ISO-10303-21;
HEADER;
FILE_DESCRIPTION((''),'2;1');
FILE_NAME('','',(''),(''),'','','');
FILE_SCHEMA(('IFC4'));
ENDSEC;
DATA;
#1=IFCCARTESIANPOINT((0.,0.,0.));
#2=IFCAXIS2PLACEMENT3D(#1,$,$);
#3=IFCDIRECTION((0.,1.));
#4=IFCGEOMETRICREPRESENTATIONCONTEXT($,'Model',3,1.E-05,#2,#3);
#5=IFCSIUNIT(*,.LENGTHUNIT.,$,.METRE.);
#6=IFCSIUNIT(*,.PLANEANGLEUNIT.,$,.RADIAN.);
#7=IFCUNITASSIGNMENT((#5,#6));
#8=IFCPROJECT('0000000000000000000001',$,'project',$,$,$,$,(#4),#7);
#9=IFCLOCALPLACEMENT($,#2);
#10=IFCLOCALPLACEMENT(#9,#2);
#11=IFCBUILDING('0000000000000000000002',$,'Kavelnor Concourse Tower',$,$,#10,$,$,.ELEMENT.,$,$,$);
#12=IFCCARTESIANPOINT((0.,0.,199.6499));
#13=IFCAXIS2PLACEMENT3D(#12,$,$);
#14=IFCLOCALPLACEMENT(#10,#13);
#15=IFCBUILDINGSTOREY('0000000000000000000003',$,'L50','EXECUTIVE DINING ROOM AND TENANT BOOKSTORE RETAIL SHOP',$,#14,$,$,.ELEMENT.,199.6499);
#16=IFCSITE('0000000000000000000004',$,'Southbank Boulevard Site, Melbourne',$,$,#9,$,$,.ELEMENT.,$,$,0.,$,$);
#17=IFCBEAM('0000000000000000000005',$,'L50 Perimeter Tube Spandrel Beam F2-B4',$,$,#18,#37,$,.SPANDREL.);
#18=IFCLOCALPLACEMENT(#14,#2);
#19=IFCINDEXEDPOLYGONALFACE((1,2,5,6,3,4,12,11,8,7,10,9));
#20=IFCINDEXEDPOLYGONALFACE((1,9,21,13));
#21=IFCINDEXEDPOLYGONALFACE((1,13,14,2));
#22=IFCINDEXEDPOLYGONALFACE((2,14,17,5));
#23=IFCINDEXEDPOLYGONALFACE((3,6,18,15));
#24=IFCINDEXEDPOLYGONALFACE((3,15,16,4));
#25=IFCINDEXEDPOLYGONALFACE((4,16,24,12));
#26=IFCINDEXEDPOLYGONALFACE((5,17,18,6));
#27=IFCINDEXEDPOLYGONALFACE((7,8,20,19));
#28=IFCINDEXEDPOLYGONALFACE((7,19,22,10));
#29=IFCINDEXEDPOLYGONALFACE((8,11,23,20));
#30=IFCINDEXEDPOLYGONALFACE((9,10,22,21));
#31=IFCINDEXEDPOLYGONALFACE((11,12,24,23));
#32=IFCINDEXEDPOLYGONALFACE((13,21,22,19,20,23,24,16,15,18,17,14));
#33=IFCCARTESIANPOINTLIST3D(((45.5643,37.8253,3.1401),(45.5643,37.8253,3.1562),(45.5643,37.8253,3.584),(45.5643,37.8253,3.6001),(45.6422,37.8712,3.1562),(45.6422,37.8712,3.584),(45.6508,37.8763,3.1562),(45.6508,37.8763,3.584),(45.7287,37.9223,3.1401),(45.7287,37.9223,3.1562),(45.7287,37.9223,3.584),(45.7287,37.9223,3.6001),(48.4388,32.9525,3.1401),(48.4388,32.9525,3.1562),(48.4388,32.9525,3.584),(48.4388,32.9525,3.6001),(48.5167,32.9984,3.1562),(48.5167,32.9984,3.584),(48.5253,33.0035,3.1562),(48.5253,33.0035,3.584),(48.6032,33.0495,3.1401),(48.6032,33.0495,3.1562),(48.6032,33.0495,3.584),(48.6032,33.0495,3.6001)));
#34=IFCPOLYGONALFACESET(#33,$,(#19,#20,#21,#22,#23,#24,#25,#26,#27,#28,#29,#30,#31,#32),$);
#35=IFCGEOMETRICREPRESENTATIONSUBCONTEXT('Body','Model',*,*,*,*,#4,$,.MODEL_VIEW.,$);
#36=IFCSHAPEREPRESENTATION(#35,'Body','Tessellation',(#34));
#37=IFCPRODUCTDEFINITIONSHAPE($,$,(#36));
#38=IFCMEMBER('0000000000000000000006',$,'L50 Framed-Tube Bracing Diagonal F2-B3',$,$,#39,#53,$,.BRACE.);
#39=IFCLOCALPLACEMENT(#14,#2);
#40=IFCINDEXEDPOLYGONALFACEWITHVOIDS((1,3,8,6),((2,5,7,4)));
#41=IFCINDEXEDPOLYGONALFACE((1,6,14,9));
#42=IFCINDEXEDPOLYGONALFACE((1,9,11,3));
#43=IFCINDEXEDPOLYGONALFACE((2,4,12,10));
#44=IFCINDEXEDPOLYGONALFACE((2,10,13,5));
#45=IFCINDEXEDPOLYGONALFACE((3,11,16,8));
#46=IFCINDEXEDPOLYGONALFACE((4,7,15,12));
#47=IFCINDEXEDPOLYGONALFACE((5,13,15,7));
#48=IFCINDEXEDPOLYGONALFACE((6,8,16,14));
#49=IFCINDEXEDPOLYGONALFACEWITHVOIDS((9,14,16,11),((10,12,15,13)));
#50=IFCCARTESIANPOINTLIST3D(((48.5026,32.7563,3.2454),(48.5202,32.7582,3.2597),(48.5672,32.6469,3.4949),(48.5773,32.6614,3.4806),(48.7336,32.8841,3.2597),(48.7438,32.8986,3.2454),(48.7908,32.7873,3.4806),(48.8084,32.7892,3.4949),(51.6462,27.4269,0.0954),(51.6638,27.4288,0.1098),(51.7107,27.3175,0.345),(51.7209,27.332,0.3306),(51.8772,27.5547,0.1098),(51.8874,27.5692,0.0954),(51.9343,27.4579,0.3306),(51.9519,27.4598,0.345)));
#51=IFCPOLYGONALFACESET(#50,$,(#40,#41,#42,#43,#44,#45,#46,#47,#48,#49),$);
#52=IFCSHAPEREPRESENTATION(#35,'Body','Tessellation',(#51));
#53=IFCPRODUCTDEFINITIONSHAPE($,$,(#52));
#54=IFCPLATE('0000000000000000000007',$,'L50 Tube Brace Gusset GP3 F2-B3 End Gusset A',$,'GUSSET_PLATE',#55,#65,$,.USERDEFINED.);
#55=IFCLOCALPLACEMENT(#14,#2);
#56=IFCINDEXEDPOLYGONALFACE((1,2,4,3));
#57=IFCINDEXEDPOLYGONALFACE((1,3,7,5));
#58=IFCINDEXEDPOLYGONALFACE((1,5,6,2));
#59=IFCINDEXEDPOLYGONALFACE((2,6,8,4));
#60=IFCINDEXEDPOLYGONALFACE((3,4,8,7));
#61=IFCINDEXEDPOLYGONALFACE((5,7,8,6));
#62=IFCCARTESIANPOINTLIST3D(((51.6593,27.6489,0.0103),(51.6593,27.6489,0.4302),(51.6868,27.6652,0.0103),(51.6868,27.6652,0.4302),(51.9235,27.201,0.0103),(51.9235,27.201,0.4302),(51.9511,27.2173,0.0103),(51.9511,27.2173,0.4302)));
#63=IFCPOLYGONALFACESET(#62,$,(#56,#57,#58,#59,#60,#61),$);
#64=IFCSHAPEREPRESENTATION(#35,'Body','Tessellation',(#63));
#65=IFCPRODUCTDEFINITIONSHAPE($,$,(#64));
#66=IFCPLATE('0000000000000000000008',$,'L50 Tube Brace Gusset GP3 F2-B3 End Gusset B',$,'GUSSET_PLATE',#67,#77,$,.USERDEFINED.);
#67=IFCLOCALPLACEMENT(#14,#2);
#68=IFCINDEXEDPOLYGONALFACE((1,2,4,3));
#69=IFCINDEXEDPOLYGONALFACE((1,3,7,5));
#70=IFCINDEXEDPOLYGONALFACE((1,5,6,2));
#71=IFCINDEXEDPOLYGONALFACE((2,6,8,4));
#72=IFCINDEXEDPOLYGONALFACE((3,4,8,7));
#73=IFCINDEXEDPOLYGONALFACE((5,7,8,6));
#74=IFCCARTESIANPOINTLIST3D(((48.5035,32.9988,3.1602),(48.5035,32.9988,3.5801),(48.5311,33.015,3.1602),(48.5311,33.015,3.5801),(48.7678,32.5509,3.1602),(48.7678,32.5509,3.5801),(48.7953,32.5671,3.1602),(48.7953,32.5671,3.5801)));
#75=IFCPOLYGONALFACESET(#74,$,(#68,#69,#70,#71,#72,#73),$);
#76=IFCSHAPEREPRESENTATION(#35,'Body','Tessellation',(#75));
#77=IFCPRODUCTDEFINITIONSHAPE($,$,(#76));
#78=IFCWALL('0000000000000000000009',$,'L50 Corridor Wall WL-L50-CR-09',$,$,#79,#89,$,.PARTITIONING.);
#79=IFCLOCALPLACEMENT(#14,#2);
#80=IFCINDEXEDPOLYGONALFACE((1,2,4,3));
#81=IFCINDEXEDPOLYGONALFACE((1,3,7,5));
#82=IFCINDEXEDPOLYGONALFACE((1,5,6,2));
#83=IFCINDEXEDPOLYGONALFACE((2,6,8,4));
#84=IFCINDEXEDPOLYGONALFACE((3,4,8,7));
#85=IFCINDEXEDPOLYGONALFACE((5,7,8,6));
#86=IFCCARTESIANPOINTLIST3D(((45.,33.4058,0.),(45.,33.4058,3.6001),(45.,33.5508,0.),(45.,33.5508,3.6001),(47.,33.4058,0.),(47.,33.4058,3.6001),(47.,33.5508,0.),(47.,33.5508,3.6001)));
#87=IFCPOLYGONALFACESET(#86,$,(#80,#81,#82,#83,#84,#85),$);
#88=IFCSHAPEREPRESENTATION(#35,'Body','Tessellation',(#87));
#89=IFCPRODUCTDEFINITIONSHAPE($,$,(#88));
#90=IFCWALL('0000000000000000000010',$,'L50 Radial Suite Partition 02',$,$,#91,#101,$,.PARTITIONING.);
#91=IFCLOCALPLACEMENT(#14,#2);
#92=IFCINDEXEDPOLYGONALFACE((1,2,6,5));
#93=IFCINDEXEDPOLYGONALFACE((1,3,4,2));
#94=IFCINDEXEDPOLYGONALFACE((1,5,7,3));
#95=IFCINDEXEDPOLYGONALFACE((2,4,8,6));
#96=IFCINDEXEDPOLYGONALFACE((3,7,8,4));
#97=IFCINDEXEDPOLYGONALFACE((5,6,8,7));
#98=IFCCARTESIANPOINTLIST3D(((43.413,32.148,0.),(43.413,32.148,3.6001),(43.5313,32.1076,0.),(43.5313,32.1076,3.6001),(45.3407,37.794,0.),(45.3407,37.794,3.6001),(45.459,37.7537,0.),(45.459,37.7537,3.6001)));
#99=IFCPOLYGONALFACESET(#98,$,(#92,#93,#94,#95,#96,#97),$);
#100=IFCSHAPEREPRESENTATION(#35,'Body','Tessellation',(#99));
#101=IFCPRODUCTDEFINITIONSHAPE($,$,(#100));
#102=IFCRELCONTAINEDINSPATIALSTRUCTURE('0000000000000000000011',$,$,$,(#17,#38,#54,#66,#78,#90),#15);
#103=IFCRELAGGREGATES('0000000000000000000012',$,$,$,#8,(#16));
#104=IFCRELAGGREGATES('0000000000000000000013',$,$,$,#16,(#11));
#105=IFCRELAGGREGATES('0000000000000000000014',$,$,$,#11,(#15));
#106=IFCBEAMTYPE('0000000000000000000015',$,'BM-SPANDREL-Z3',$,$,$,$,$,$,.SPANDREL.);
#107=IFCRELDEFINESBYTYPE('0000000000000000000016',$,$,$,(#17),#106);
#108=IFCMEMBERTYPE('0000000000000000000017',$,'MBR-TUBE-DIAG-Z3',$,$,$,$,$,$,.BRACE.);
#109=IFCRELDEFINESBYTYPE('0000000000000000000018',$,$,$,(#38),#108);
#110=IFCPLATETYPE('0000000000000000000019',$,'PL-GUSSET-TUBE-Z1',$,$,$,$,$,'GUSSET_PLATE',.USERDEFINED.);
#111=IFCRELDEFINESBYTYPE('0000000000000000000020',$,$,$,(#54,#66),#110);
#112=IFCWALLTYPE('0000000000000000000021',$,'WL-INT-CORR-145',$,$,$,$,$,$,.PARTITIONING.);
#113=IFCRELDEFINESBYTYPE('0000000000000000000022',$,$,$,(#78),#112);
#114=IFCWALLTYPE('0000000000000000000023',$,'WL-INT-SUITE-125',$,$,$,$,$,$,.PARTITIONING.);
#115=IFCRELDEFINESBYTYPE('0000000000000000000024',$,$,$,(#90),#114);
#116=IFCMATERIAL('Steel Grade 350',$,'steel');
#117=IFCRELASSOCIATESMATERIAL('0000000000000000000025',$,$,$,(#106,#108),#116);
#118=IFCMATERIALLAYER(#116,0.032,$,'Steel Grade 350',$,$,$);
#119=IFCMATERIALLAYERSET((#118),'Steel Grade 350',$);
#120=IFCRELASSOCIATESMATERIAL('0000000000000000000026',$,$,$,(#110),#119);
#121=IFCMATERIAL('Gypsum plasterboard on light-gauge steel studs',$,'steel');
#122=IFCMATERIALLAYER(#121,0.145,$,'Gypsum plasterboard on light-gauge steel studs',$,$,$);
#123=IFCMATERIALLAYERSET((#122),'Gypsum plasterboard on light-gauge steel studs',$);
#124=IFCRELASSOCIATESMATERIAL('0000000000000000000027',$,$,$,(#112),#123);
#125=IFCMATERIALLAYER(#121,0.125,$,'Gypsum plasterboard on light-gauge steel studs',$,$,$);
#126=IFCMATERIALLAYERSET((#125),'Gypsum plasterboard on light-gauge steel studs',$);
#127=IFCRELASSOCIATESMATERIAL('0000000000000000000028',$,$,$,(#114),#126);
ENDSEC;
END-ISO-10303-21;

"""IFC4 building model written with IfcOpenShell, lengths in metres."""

from ifc_helpers import new_model, si_unit, direction, frame, frame_2d, origin, origin_2d, place, context, subcontext, project, spatial, rectangle, hollow_rectangle, i_section, extrude, material, layer, layer_set, material_profile, profile_set, type_object, element, save


model = new_model("IFC4")

# Units and contexts
model_context = context("Model", 3, precision=1e-05, world=origin(), true_north=direction((0.0, 1.0)))
body_context = subcontext(model_context, "Body", "Model", "MODEL_VIEW")
ifc_project = project(units=[si_unit("LENGTHUNIT", "METRE"), si_unit("PLANEANGLEUNIT", "RADIAN")], contexts=[model_context])

# Site, building, storey
site_placement = place(None, origin())
site = spatial("IfcSite", under=ifc_project, at=site_placement, Name="Southbank Boulevard Site, Melbourne", CompositionType="ELEMENT", RefElevation=0.0)
building_placement = place(site_placement, origin())
building = spatial("IfcBuilding", under=site, at=building_placement, Name="Kavelnor Concourse Tower", CompositionType="ELEMENT")
storey_placement = place(building_placement, frame((0.0, 0.0, 199.6499)))
storey = spatial("IfcBuildingStorey", under=building, at=storey_placement, Name="L50", Description="EXECUTIVE DINING ROOM AND TENANT BOOKSTORE RETAIL SHOP", CompositionType="ELEMENT", Elevation=199.6499)

# Shared definitions
ifc_material_1 = material(Name="Steel Grade 350", Category="steel")

# Beam
ifc_material_profile_1 = material_profile(ifc_material_1, i_section(OverallWidth=0.1909, OverallDepth=0.46, WebThickness=0.01, FlangeThickness=0.0161, at=origin_2d()), Name="460UB82")
ifc_profile_set_1 = profile_set([ifc_material_profile_1], Name="Steel Grade 350")
beam_type_1 = type_object("IfcBeamType", Name="BM-SPANDREL-Z3", PredefinedType="SPANDREL", material=ifc_profile_set_1)
for number, where, z_axis, x_axis, name in (
    (1, (48.521, 33.001, 3.3701), (-0.508091, 0.861303, 0.0), (-0.861303, -0.508091, 0.0), "L50 Perimeter Tube Spandrel Beam F2-B4"),
):
    element("IfcBeam", number, at=place(storey_placement, frame(where, z_axis=z_axis, x_axis=x_axis)), inside=storey, type_object=beam_type_1, Name=name, PredefinedType="SPANDREL", context=body_context, shape_type="SweptSolid", body=[
        extrude(i_section(OverallWidth=0.1909, OverallDepth=0.46, WebThickness=0.01, FlangeThickness=0.0161, at=origin_2d()), origin(), (0.0, 0.0, 1.0), 5.6575),
    ])

# Member
ifc_material_profile_2 = material_profile(ifc_material_1, hollow_rectangle(XDim=0.28, YDim=0.28, WallThickness=0.0161, at=origin_2d()), Name="SHS 280x280x16")
ifc_profile_set_2 = profile_set([ifc_material_profile_2], Name="Steel Grade 350")
member_type = type_object("IfcMemberType", Name="MBR-TUBE-DIAG-Z3", PredefinedType="BRACE", material=ifc_profile_set_2)
member_placement = place(storey_placement, frame((51.7991, 27.4434, 0.2202), z_axis=(-0.452764, 0.767581, 0.453678), x_axis=(-0.861323, -0.508058, 0.0)))
element("IfcMember", 2, at=member_placement, inside=storey, type_object=member_type, Name="L50 Framed-Tube Bracing Diagonal F2-B3", PredefinedType="BRACE", context=body_context, shape_type="SweptSolid", body=[
    extrude(hollow_rectangle(XDim=0.28, YDim=0.28, WallThickness=0.0161, at=origin_2d()), origin(), (0.0, 0.0, 1.0), 6.9431),
])

# Plates
ifc_layer_1 = layer(ifc_material_1, 0.032, Name="Steel Grade 350")
ifc_layer_set_1 = layer_set([ifc_layer_1], Name="Steel Grade 350")
plate_type = type_object("IfcPlateType", Name="PL-GUSSET-TUBE-Z1", ElementType="GUSSET_PLATE", PredefinedType="USERDEFINED", material=ifc_layer_set_1)
for number, where, z_axis, x_axis, name in (
    (3, (51.8052, 27.4331, 0.0103), (0.0, 0.0, 1.0), (-0.50814, 0.861275, 0.0), "L50 Tube Brace Gusset GP3 F2-B3 End Gusset A"),
    (4, (48.6494, 32.783, 3.1602), (0.0, 0.0, 1.0), (-0.50814, 0.861275, 0.0), "L50 Tube Brace Gusset GP3 F2-B3 End Gusset B"),
):
    element("IfcPlate", number, at=place(storey_placement, frame(where, z_axis=z_axis, x_axis=x_axis)), inside=storey, type_object=plate_type, Name=name, ObjectType="GUSSET_PLATE", PredefinedType="USERDEFINED", context=body_context, shape_type="SweptSolid", body=[
        extrude(rectangle(XDim=0.52, YDim=0.032, at=origin_2d()), origin(), (0.0, 0.0, 1.0), 0.4199),
    ])

# Walls
ifc_material_2 = material(Name="Gypsum plasterboard on light-gauge steel studs", Category="steel")
ifc_layer_2 = layer(ifc_material_2, 0.145, Name="Gypsum plasterboard on light-gauge steel studs")
ifc_layer_set_2 = layer_set([ifc_layer_2], Name="Gypsum plasterboard on light-gauge steel studs")
wall_type_1 = type_object("IfcWallType", Name="WL-INT-CORR-145", PredefinedType="PARTITIONING", material=ifc_layer_set_2)
wall_1_placement = place(storey_placement, frame((45.0, 33.4783, 0.0), z_axis=(0.0, 0.0, 1.0), x_axis=(1.0, 0.0, 0.0)))
element("IfcWall", 5, at=wall_1_placement, inside=storey, type_object=wall_type_1, Name="L50 Corridor Wall WL-L50-CR-09", PredefinedType="PARTITIONING", context=body_context, shape_type="SweptSolid", body=[
    extrude(rectangle(XDim=2.0, YDim=0.145, at=frame_2d((1.0, 0.0))), origin(), (0.0, 0.0, 1.0), 3.6001),
])
ifc_layer_3 = layer(ifc_material_2, 0.125, Name="Gypsum plasterboard on light-gauge steel studs")
ifc_layer_set_3 = layer_set([ifc_layer_3], Name="Gypsum plasterboard on light-gauge steel studs")
wall_type_2 = type_object("IfcWallType", Name="WL-INT-SUITE-125", PredefinedType="PARTITIONING", material=ifc_layer_set_3)
wall_2_placement = place(storey_placement, frame((43.4722, 32.1279, 0.0), z_axis=(0.0, 0.0, 1.0), x_axis=(0.323119, 0.946358, 0.0)))
element("IfcWall", 6, at=wall_2_placement, inside=storey, type_object=wall_type_2, Name="L50 Radial Suite Partition 02", PredefinedType="PARTITIONING", context=body_context, shape_type="SweptSolid", body=[
    extrude(rectangle(XDim=5.9661, YDim=0.125, at=frame_2d((2.9829, 0.0))), origin(), (0.0, 0.0, 1.0), 3.6001),
])

save(model, "model.ifc")
